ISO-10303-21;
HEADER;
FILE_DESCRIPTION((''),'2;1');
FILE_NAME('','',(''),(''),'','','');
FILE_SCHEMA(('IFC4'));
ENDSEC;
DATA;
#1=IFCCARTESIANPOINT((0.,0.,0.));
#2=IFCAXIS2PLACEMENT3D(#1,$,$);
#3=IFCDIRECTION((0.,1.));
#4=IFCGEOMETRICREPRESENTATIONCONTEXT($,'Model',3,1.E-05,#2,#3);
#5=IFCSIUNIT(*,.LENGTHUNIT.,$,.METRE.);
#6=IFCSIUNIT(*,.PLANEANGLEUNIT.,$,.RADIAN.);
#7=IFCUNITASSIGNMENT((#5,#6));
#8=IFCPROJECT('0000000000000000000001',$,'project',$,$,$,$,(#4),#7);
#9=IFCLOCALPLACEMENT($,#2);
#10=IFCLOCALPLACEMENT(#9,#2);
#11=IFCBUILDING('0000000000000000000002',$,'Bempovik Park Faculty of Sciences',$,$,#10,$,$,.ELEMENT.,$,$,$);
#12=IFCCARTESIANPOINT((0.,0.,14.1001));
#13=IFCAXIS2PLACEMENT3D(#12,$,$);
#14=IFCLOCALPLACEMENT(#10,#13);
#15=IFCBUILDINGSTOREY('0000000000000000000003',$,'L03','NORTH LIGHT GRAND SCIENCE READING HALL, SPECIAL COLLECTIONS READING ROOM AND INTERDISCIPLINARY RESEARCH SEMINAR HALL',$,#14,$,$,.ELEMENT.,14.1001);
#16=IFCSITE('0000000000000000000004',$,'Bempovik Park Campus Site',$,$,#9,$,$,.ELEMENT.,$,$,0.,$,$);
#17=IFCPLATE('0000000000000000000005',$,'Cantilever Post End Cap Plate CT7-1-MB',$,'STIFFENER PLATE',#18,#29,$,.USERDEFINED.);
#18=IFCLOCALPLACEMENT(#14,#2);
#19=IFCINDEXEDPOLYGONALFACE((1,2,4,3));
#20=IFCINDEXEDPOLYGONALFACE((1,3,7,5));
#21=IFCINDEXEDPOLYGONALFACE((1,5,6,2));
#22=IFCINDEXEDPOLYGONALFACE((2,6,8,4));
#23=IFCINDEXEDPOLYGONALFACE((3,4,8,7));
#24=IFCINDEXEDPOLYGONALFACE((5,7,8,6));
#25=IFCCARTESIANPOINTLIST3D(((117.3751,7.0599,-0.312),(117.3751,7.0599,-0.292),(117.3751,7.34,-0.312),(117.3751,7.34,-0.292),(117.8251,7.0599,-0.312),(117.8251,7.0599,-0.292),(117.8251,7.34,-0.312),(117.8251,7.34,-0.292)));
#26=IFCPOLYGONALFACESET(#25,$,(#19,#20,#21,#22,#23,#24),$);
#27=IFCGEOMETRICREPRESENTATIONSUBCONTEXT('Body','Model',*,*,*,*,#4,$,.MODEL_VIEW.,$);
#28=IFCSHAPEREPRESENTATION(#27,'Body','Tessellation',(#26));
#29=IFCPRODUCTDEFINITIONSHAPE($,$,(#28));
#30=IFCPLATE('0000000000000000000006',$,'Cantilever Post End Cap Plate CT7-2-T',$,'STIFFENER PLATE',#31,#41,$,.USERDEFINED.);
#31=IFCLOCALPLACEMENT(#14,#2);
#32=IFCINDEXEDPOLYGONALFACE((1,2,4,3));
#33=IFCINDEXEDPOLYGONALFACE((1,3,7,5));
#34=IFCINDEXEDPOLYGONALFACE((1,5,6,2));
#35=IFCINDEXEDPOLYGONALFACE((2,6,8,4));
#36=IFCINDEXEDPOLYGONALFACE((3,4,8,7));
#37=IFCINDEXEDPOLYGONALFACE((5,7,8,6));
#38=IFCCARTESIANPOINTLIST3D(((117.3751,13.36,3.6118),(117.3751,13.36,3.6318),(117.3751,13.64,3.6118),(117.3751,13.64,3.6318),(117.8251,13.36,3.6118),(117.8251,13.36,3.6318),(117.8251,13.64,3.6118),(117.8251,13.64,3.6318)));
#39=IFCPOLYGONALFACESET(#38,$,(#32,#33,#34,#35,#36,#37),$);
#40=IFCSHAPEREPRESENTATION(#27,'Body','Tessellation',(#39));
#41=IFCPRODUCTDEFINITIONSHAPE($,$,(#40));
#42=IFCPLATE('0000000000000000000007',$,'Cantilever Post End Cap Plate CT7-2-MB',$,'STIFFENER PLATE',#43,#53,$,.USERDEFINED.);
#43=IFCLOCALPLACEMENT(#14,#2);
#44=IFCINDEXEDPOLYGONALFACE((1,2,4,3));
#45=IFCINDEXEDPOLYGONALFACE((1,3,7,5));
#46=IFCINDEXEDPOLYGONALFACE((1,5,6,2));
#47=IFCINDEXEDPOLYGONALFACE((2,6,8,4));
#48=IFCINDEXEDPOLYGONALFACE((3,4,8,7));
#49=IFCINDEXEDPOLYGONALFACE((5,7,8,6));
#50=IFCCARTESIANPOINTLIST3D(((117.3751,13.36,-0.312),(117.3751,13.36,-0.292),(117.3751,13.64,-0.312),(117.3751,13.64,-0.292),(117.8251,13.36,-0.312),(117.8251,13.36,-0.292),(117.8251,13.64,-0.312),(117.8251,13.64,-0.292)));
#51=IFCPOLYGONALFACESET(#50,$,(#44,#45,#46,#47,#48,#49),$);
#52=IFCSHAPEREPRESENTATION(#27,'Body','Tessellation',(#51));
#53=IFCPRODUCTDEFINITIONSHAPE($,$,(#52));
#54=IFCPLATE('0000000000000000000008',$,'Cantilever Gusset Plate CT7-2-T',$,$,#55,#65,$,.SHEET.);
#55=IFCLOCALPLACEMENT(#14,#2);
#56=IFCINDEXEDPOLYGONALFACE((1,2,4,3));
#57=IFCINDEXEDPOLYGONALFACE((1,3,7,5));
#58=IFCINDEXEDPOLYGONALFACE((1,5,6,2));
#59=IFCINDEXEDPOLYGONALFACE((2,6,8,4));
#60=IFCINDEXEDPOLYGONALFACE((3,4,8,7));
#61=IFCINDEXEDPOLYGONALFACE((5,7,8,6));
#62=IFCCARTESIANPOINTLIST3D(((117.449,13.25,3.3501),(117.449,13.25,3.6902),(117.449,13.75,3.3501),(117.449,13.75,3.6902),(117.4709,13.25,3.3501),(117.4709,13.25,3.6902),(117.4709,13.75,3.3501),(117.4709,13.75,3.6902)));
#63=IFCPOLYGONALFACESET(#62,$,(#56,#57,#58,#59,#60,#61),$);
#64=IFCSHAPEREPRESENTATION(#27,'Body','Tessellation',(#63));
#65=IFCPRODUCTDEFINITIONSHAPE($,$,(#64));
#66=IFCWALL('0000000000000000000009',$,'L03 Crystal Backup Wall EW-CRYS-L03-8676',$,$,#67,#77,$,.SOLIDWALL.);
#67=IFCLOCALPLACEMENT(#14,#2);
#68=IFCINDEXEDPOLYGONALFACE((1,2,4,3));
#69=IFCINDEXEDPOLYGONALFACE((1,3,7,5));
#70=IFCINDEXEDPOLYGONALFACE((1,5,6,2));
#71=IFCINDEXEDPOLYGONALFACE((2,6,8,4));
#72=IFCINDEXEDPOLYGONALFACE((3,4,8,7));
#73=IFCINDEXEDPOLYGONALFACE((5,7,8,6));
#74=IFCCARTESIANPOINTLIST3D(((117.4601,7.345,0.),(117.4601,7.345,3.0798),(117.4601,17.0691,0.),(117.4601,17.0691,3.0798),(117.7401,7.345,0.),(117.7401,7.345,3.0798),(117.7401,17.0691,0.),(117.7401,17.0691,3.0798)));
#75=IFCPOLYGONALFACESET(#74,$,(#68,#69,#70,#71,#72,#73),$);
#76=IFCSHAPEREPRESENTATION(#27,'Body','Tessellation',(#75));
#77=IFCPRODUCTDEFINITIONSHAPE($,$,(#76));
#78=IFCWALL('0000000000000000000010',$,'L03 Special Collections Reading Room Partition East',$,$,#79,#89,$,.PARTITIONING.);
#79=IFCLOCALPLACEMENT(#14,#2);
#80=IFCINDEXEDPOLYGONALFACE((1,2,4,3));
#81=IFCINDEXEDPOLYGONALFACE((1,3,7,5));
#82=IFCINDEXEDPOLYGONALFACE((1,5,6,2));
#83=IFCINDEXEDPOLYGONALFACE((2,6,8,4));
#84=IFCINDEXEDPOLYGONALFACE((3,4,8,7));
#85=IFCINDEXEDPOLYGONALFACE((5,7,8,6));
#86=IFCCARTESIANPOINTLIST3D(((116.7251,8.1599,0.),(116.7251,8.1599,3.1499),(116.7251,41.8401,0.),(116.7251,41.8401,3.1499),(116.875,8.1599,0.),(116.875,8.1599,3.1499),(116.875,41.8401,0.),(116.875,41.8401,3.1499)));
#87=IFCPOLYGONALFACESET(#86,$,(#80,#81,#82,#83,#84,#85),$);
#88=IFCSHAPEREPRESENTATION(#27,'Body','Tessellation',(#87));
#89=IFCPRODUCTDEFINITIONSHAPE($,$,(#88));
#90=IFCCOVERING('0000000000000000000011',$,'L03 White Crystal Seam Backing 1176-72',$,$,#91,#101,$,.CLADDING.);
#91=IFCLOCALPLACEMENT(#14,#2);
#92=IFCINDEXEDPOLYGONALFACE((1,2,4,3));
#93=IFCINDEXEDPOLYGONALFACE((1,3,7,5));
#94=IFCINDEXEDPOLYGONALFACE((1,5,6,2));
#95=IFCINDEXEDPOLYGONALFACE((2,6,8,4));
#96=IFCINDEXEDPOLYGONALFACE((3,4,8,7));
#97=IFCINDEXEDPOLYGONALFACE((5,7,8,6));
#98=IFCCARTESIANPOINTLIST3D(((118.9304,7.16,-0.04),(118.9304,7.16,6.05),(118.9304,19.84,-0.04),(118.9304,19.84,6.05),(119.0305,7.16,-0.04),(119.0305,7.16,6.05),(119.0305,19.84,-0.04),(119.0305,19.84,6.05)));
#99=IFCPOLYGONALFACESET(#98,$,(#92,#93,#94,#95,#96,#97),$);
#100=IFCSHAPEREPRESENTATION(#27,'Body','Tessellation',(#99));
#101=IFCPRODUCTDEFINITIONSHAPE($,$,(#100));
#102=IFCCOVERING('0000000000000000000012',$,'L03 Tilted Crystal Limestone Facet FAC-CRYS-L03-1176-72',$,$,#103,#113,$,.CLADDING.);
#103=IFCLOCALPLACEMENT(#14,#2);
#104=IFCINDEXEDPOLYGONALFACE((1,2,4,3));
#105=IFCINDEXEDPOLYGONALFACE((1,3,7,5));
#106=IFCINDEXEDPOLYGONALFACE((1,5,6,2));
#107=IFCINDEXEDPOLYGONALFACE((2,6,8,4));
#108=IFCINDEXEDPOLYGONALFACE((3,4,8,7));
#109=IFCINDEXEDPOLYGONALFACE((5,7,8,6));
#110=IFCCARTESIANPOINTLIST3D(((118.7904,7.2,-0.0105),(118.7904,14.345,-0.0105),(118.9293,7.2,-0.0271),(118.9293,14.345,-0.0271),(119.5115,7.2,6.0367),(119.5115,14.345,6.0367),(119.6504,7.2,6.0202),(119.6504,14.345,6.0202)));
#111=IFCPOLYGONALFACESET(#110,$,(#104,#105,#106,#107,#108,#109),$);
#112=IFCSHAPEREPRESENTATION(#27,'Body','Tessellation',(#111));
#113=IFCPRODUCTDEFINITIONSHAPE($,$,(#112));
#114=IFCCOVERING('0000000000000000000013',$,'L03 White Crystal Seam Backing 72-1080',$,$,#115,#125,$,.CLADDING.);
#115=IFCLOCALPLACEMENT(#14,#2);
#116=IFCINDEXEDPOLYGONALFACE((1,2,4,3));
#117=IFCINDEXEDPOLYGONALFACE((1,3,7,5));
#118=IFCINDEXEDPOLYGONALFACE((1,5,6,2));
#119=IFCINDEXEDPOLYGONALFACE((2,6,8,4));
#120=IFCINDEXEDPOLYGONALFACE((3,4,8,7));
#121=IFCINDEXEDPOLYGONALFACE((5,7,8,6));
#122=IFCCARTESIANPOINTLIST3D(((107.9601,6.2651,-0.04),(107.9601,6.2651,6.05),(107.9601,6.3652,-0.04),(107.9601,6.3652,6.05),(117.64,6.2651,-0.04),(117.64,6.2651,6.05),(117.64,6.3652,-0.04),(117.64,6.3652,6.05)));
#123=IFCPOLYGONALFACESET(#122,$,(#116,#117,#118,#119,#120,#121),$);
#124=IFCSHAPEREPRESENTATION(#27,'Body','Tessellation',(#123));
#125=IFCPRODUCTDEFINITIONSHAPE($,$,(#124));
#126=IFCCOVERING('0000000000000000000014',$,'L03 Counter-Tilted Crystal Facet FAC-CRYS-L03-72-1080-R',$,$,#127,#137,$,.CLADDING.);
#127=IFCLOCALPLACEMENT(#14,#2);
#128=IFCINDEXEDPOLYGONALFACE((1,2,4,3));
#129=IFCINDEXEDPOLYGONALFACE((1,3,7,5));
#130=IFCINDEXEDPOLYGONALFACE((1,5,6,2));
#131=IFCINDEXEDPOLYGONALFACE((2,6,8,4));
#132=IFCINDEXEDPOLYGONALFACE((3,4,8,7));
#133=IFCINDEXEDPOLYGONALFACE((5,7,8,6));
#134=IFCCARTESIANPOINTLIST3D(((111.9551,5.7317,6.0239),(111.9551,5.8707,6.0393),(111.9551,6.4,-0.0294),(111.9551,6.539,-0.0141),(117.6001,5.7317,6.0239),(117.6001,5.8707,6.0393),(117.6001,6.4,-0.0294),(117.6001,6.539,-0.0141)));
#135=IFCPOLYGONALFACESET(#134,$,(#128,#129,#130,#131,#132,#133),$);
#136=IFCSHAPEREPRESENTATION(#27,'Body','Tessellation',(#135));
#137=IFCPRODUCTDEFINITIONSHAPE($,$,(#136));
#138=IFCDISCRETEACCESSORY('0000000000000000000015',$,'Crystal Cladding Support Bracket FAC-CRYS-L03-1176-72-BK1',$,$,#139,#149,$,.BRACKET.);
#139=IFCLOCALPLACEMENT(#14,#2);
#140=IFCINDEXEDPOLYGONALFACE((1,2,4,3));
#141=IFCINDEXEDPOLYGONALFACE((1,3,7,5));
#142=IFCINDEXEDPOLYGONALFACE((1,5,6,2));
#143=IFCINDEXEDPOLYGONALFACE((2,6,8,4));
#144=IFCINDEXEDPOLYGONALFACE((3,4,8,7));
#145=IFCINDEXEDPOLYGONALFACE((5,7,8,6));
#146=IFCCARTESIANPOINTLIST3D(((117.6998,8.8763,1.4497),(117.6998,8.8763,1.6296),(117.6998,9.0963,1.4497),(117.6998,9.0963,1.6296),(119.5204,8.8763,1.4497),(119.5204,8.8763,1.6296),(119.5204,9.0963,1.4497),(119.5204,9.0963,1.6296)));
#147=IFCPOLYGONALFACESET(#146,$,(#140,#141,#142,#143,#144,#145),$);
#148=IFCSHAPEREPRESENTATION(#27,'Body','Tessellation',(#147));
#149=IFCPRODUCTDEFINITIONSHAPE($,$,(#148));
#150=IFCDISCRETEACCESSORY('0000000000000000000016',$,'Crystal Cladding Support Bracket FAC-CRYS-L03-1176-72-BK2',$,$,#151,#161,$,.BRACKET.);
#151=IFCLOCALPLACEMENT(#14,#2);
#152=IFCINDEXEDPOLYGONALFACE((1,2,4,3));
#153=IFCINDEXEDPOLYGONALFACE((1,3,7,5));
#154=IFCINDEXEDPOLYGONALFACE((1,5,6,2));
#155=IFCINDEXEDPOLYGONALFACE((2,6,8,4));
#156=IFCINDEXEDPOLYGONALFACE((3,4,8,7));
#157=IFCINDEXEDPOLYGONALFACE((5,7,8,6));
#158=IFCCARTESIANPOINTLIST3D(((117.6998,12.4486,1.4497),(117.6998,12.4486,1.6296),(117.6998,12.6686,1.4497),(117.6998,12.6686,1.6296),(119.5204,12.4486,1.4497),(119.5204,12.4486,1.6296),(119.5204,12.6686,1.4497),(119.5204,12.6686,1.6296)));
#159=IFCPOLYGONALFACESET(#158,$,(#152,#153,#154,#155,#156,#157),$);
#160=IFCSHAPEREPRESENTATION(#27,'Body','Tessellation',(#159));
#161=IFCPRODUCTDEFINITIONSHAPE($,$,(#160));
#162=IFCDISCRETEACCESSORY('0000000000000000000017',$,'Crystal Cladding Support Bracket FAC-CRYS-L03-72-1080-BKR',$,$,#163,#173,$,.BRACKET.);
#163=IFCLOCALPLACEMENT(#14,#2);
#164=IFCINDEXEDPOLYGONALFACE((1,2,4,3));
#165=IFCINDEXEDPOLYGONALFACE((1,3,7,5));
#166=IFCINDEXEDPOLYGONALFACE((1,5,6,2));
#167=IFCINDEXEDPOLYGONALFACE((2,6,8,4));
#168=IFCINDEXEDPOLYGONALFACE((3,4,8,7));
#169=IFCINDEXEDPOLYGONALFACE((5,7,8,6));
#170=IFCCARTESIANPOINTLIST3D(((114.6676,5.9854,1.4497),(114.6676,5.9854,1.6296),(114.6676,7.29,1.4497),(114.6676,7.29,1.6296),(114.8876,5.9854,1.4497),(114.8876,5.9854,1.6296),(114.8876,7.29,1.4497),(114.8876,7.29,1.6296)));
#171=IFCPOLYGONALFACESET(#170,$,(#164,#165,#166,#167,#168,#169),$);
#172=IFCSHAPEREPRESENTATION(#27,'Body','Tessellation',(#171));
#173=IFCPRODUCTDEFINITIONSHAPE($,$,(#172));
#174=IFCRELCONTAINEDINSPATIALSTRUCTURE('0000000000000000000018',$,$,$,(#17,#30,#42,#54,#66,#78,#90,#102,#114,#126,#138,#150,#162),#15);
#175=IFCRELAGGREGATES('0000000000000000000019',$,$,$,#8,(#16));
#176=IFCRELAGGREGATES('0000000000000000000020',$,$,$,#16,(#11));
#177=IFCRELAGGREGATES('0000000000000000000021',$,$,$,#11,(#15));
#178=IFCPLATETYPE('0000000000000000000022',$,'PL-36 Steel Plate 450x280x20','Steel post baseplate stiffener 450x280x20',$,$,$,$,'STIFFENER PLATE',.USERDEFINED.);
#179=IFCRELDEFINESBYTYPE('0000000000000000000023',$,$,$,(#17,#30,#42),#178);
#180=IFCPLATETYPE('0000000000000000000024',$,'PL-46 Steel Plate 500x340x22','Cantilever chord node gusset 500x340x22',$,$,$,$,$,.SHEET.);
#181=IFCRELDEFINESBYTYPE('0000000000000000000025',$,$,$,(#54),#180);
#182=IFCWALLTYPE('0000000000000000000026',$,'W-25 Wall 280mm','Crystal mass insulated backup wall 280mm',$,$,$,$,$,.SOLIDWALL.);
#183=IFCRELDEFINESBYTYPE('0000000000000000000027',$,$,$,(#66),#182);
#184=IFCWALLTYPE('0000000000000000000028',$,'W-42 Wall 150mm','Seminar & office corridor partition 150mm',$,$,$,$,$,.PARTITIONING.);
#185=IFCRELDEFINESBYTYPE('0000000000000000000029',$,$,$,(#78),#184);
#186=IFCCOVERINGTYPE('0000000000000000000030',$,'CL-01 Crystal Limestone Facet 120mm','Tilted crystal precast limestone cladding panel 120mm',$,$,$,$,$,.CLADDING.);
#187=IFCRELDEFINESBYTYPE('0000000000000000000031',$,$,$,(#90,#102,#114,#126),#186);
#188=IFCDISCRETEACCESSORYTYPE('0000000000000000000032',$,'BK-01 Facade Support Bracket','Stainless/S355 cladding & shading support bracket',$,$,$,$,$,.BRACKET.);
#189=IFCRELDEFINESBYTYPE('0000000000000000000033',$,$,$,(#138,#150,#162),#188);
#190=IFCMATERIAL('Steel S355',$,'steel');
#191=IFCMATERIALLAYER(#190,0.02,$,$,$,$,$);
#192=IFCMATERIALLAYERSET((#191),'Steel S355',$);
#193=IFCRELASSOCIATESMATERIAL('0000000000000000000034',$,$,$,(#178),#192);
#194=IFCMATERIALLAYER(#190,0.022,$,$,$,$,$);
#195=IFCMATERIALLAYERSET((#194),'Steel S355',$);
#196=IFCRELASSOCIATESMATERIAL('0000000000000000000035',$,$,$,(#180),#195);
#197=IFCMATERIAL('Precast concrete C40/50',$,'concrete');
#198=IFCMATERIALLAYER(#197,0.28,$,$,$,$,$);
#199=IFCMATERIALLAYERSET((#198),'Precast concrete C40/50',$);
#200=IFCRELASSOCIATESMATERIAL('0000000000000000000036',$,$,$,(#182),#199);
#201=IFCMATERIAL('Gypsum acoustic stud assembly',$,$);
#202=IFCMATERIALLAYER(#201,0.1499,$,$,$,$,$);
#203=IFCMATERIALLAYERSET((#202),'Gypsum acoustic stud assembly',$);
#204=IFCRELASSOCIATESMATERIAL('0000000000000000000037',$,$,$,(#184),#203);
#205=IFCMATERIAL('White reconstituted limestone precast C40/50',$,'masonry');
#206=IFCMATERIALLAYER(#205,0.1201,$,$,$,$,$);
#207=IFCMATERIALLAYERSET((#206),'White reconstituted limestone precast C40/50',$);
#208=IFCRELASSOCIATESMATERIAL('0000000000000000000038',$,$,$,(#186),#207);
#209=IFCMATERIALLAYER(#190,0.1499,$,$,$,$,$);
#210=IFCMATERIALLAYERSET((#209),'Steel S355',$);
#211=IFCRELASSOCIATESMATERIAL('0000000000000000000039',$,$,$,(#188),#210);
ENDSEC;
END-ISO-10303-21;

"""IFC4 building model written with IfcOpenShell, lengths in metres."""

from ifc_helpers import new_model, si_unit, direction, frame, frame_2d, origin, origin_2d, place, context, subcontext, project, spatial, rectangle, extrude, material, layer, layer_set, type_object, element, save


model = new_model("IFC4")

# Units and contexts
model_context = context("Model", 3, precision=1e-05, world=origin(), true_north=direction((0.0, 1.0)))
body_context = subcontext(model_context, "Body", "Model", "MODEL_VIEW")
ifc_project = project(units=[si_unit("LENGTHUNIT", "METRE"), si_unit("PLANEANGLEUNIT", "RADIAN")], contexts=[model_context])

# Site, building, storey
site_placement = place(None, origin())
site = spatial("IfcSite", under=ifc_project, at=site_placement, Name="Bempovik Park Campus Site", CompositionType="ELEMENT", RefElevation=0.0)
building_placement = place(site_placement, origin())
building = spatial("IfcBuilding", under=site, at=building_placement, Name="Bempovik Park Faculty of Sciences", CompositionType="ELEMENT")
storey_placement = place(building_placement, frame((0.0, 0.0, 14.1001)))
storey = spatial("IfcBuildingStorey", under=building, at=storey_placement, Name="L03", Description="NORTH LIGHT GRAND SCIENCE READING HALL, SPECIAL COLLECTIONS READING ROOM AND INTERDISCIPLINARY RESEARCH SEMINAR HALL", CompositionType="ELEMENT", Elevation=14.1001)

# Shared definitions
ifc_material_1 = material(Name="Steel S355", Category="steel")

# Plates
ifc_layer_1 = layer(ifc_material_1, 0.02)
ifc_layer_set_1 = layer_set([ifc_layer_1], Name="Steel S355")
plate_type_1 = type_object("IfcPlateType", Name="PL-36 Steel Plate 450x280x20", Description="Steel post baseplate stiffener 450x280x20", ElementType="STIFFENER PLATE", PredefinedType="USERDEFINED", material=ifc_layer_set_1)
for number, where, z_axis, x_axis, name in (
    (1, (117.6001, 7.2, -0.312), (0.0, 0.0, 1.0), (1.0, 0.0, 0.0), "Cantilever Post End Cap Plate CT7-1-MB"),
    (2, (117.6001, 13.5, 3.6118), (0.0, 0.0, 1.0), (1.0, 0.0, 0.0), "Cantilever Post End Cap Plate CT7-2-T"),
    (3, (117.6001, 13.5, -0.312), (0.0, 0.0, 1.0), (1.0, 0.0, 0.0), "Cantilever Post End Cap Plate CT7-2-MB"),
):
    element("IfcPlate", number, at=place(storey_placement, frame(where, z_axis=z_axis, x_axis=x_axis)), inside=storey, type_object=plate_type_1, Name=name, ObjectType="STIFFENER PLATE", PredefinedType="USERDEFINED", context=body_context, shape_type="SweptSolid", body=[
        extrude(rectangle(XDim=0.45, YDim=0.28, at=origin_2d()), origin(), (0.0, 0.0, 1.0), 0.02),
    ])
ifc_layer_2 = layer(ifc_material_1, 0.022)
ifc_layer_set_2 = layer_set([ifc_layer_2], Name="Steel S355")
plate_type_2 = type_object("IfcPlateType", Name="PL-46 Steel Plate 500x340x22", Description="Cantilever chord node gusset 500x340x22", PredefinedType="SHEET", material=ifc_layer_set_2)
plate_1_placement = place(storey_placement, frame((117.46, 13.5, 3.3501), z_axis=(0.0, 0.0, 1.0), x_axis=(1.0, 0.0, 0.0)))
element("IfcPlate", 4, at=plate_1_placement, inside=storey, type_object=plate_type_2, Name="Cantilever Gusset Plate CT7-2-T", PredefinedType="SHEET", context=body_context, shape_type="SweptSolid", body=[
    extrude(rectangle(XDim=0.022, YDim=0.5, at=origin_2d()), origin(), (0.0, 0.0, 1.0), 0.3401),
])

# Walls
ifc_material_2 = material(Name="Precast concrete C40/50", Category="concrete")
ifc_layer_3 = layer(ifc_material_2, 0.28)
ifc_layer_set_3 = layer_set([ifc_layer_3], Name="Precast concrete C40/50")
wall_type_1 = type_object("IfcWallType", Name="W-25 Wall 280mm", Description="Crystal mass insulated backup wall 280mm", PredefinedType="SOLIDWALL", material=ifc_layer_set_3)
wall_1_placement = place(storey_placement, frame((117.6001, 7.345, 0.0), z_axis=(0.0, 0.0, 1.0), x_axis=(0.0, 1.0, 0.0)))
element("IfcWall", 5, at=wall_1_placement, inside=storey, type_object=wall_type_1, Name="L03 Crystal Backup Wall EW-CRYS-L03-8676", PredefinedType="SOLIDWALL", context=body_context, shape_type="SweptSolid", body=[
    extrude(rectangle(XDim=9.7241, YDim=0.28, at=frame_2d((4.8621, 0.0))), origin(), (0.0, 0.0, 1.0), 3.0798),
])
ifc_material_3 = material(Name="Gypsum acoustic stud assembly")
ifc_layer_4 = layer(ifc_material_3, 0.1499)
ifc_layer_set_4 = layer_set([ifc_layer_4], Name="Gypsum acoustic stud assembly")
wall_type_2 = type_object("IfcWallType", Name="W-42 Wall 150mm", Description="Seminar & office corridor partition 150mm", PredefinedType="PARTITIONING", material=ifc_layer_set_4)
wall_2_placement = place(storey_placement, frame((116.8, 8.1599, 0.0), z_axis=(0.0, 0.0, 1.0), x_axis=(0.0, 1.0, 0.0)))
element("IfcWall", 6, at=wall_2_placement, inside=storey, type_object=wall_type_2, Name="L03 Special Collections Reading Room Partition East", PredefinedType="PARTITIONING", context=body_context, shape_type="SweptSolid", body=[
    extrude(rectangle(XDim=33.6802, YDim=0.1499, at=frame_2d((16.8401, 0.0))), origin(), (0.0, 0.0, 1.0), 3.1499),
])

# Coverings
ifc_material_4 = material(Name="White reconstituted limestone precast C40/50", Category="masonry")
ifc_layer_5 = layer(ifc_material_4, 0.1201)
ifc_layer_set_5 = layer_set([ifc_layer_5], Name="White reconstituted limestone precast C40/50")
covering_type = type_object("IfcCoveringType", Name="CL-01 Crystal Limestone Facet 120mm", Description="Tilted crystal precast limestone cladding panel 120mm", PredefinedType="CLADDING", material=ifc_layer_set_5)
covering_1_placement = place(storey_placement, frame((118.9805, 13.5, -0.04), z_axis=(0.0, 0.0, 1.0), x_axis=(1.0, 0.0, 0.0)))
element("IfcCovering", 7, at=covering_1_placement, inside=storey, type_object=covering_type, Name="L03 White Crystal Seam Backing 1176-72", PredefinedType="CLADDING", context=body_context, shape_type="SweptSolid", body=[
    extrude(rectangle(XDim=0.1001, YDim=12.6799, at=origin_2d()), origin(), (0.0, 0.0, 1.0), 6.0901),
])
covering_2_placement = place(storey_placement, frame((118.8599, 10.7725, -0.0188), z_axis=(0.118404, 0.0, 0.992966), x_axis=(0.0, 1.0, 0.0)))
element("IfcCovering", 8, at=covering_2_placement, inside=storey, type_object=covering_type, Name="L03 Tilted Crystal Limestone Facet FAC-CRYS-L03-1176-72", PredefinedType="CLADDING", context=body_context, shape_type="SweptSolid", body=[
    extrude(rectangle(XDim=7.145, YDim=0.1399, at=origin_2d()), origin(), (0.0, 0.0, 1.0), 6.0901),
])
covering_3_placement = place(storey_placement, frame((112.8, 6.3152, -0.04), z_axis=(0.0, 0.0, 1.0), x_axis=(1.0, 0.0, 0.0)))
element("IfcCovering", 9, at=covering_3_placement, inside=storey, type_object=covering_type, Name="L03 White Crystal Seam Backing 72-1080", PredefinedType="CLADDING", context=body_context, shape_type="SweptSolid", body=[
    extrude(rectangle(XDim=9.6799, YDim=0.1001, at=origin_2d()), origin(), (0.0, 0.0, 1.0), 6.0901),
])
covering_4_placement = place(storey_placement, frame((114.7776, 6.4695, -0.0217), z_axis=(0.0, -0.109734, 0.993961), x_axis=(1.0, 0.0, 0.0)))
element("IfcCovering", 10, at=covering_4_placement, inside=storey, type_object=covering_type, Name="L03 Counter-Tilted Crystal Facet FAC-CRYS-L03-72-1080-R", PredefinedType="CLADDING", context=body_context, shape_type="SweptSolid", body=[
    extrude(rectangle(XDim=5.645, YDim=0.1399, at=origin_2d()), origin(), (0.0, 0.0, 1.0), 6.0901),
])

# Discrete accessories
ifc_layer_6 = layer(ifc_material_1, 0.1499)
ifc_layer_set_6 = layer_set([ifc_layer_6], Name="Steel S355")
discrete_accessory_type = type_object("IfcDiscreteAccessoryType", Name="BK-01 Facade Support Bracket", Description="Stainless/S355 cladding & shading support bracket", PredefinedType="BRACKET", material=ifc_layer_set_6)
for number, where, z_axis, x_axis, name in (
    (11, (118.6101, 8.9863, 1.4497), (0.0, 0.0, 1.0), (1.0, 0.0, 0.0), "Crystal Cladding Support Bracket FAC-CRYS-L03-1176-72-BK1"),
    (12, (118.6101, 12.5586, 1.4497), (0.0, 0.0, 1.0), (1.0, 0.0, 0.0), "Crystal Cladding Support Bracket FAC-CRYS-L03-1176-72-BK2"),
):
    element("IfcDiscreteAccessory", number, at=place(storey_placement, frame(where, z_axis=z_axis, x_axis=x_axis)), inside=storey, type_object=discrete_accessory_type, Name=name, PredefinedType="BRACKET", context=body_context, shape_type="SweptSolid", body=[
        extrude(rectangle(XDim=1.8206, YDim=0.22, at=origin_2d()), origin(), (0.0, 0.0, 1.0), 0.1799),
    ])
discrete_accessory_placement = place(storey_placement, frame((114.7776, 6.6377, 1.4497), z_axis=(0.0, 0.0, 1.0), x_axis=(1.0, 0.0, 0.0)))
element("IfcDiscreteAccessory", 13, at=discrete_accessory_placement, inside=storey, type_object=discrete_accessory_type, Name="Crystal Cladding Support Bracket FAC-CRYS-L03-72-1080-BKR", PredefinedType="BRACKET", context=body_context, shape_type="SweptSolid", body=[
    extrude(rectangle(XDim=0.22, YDim=1.3047, at=origin_2d()), origin(), (0.0, 0.0, 1.0), 0.1799),
])

save(model, "model.ifc")
